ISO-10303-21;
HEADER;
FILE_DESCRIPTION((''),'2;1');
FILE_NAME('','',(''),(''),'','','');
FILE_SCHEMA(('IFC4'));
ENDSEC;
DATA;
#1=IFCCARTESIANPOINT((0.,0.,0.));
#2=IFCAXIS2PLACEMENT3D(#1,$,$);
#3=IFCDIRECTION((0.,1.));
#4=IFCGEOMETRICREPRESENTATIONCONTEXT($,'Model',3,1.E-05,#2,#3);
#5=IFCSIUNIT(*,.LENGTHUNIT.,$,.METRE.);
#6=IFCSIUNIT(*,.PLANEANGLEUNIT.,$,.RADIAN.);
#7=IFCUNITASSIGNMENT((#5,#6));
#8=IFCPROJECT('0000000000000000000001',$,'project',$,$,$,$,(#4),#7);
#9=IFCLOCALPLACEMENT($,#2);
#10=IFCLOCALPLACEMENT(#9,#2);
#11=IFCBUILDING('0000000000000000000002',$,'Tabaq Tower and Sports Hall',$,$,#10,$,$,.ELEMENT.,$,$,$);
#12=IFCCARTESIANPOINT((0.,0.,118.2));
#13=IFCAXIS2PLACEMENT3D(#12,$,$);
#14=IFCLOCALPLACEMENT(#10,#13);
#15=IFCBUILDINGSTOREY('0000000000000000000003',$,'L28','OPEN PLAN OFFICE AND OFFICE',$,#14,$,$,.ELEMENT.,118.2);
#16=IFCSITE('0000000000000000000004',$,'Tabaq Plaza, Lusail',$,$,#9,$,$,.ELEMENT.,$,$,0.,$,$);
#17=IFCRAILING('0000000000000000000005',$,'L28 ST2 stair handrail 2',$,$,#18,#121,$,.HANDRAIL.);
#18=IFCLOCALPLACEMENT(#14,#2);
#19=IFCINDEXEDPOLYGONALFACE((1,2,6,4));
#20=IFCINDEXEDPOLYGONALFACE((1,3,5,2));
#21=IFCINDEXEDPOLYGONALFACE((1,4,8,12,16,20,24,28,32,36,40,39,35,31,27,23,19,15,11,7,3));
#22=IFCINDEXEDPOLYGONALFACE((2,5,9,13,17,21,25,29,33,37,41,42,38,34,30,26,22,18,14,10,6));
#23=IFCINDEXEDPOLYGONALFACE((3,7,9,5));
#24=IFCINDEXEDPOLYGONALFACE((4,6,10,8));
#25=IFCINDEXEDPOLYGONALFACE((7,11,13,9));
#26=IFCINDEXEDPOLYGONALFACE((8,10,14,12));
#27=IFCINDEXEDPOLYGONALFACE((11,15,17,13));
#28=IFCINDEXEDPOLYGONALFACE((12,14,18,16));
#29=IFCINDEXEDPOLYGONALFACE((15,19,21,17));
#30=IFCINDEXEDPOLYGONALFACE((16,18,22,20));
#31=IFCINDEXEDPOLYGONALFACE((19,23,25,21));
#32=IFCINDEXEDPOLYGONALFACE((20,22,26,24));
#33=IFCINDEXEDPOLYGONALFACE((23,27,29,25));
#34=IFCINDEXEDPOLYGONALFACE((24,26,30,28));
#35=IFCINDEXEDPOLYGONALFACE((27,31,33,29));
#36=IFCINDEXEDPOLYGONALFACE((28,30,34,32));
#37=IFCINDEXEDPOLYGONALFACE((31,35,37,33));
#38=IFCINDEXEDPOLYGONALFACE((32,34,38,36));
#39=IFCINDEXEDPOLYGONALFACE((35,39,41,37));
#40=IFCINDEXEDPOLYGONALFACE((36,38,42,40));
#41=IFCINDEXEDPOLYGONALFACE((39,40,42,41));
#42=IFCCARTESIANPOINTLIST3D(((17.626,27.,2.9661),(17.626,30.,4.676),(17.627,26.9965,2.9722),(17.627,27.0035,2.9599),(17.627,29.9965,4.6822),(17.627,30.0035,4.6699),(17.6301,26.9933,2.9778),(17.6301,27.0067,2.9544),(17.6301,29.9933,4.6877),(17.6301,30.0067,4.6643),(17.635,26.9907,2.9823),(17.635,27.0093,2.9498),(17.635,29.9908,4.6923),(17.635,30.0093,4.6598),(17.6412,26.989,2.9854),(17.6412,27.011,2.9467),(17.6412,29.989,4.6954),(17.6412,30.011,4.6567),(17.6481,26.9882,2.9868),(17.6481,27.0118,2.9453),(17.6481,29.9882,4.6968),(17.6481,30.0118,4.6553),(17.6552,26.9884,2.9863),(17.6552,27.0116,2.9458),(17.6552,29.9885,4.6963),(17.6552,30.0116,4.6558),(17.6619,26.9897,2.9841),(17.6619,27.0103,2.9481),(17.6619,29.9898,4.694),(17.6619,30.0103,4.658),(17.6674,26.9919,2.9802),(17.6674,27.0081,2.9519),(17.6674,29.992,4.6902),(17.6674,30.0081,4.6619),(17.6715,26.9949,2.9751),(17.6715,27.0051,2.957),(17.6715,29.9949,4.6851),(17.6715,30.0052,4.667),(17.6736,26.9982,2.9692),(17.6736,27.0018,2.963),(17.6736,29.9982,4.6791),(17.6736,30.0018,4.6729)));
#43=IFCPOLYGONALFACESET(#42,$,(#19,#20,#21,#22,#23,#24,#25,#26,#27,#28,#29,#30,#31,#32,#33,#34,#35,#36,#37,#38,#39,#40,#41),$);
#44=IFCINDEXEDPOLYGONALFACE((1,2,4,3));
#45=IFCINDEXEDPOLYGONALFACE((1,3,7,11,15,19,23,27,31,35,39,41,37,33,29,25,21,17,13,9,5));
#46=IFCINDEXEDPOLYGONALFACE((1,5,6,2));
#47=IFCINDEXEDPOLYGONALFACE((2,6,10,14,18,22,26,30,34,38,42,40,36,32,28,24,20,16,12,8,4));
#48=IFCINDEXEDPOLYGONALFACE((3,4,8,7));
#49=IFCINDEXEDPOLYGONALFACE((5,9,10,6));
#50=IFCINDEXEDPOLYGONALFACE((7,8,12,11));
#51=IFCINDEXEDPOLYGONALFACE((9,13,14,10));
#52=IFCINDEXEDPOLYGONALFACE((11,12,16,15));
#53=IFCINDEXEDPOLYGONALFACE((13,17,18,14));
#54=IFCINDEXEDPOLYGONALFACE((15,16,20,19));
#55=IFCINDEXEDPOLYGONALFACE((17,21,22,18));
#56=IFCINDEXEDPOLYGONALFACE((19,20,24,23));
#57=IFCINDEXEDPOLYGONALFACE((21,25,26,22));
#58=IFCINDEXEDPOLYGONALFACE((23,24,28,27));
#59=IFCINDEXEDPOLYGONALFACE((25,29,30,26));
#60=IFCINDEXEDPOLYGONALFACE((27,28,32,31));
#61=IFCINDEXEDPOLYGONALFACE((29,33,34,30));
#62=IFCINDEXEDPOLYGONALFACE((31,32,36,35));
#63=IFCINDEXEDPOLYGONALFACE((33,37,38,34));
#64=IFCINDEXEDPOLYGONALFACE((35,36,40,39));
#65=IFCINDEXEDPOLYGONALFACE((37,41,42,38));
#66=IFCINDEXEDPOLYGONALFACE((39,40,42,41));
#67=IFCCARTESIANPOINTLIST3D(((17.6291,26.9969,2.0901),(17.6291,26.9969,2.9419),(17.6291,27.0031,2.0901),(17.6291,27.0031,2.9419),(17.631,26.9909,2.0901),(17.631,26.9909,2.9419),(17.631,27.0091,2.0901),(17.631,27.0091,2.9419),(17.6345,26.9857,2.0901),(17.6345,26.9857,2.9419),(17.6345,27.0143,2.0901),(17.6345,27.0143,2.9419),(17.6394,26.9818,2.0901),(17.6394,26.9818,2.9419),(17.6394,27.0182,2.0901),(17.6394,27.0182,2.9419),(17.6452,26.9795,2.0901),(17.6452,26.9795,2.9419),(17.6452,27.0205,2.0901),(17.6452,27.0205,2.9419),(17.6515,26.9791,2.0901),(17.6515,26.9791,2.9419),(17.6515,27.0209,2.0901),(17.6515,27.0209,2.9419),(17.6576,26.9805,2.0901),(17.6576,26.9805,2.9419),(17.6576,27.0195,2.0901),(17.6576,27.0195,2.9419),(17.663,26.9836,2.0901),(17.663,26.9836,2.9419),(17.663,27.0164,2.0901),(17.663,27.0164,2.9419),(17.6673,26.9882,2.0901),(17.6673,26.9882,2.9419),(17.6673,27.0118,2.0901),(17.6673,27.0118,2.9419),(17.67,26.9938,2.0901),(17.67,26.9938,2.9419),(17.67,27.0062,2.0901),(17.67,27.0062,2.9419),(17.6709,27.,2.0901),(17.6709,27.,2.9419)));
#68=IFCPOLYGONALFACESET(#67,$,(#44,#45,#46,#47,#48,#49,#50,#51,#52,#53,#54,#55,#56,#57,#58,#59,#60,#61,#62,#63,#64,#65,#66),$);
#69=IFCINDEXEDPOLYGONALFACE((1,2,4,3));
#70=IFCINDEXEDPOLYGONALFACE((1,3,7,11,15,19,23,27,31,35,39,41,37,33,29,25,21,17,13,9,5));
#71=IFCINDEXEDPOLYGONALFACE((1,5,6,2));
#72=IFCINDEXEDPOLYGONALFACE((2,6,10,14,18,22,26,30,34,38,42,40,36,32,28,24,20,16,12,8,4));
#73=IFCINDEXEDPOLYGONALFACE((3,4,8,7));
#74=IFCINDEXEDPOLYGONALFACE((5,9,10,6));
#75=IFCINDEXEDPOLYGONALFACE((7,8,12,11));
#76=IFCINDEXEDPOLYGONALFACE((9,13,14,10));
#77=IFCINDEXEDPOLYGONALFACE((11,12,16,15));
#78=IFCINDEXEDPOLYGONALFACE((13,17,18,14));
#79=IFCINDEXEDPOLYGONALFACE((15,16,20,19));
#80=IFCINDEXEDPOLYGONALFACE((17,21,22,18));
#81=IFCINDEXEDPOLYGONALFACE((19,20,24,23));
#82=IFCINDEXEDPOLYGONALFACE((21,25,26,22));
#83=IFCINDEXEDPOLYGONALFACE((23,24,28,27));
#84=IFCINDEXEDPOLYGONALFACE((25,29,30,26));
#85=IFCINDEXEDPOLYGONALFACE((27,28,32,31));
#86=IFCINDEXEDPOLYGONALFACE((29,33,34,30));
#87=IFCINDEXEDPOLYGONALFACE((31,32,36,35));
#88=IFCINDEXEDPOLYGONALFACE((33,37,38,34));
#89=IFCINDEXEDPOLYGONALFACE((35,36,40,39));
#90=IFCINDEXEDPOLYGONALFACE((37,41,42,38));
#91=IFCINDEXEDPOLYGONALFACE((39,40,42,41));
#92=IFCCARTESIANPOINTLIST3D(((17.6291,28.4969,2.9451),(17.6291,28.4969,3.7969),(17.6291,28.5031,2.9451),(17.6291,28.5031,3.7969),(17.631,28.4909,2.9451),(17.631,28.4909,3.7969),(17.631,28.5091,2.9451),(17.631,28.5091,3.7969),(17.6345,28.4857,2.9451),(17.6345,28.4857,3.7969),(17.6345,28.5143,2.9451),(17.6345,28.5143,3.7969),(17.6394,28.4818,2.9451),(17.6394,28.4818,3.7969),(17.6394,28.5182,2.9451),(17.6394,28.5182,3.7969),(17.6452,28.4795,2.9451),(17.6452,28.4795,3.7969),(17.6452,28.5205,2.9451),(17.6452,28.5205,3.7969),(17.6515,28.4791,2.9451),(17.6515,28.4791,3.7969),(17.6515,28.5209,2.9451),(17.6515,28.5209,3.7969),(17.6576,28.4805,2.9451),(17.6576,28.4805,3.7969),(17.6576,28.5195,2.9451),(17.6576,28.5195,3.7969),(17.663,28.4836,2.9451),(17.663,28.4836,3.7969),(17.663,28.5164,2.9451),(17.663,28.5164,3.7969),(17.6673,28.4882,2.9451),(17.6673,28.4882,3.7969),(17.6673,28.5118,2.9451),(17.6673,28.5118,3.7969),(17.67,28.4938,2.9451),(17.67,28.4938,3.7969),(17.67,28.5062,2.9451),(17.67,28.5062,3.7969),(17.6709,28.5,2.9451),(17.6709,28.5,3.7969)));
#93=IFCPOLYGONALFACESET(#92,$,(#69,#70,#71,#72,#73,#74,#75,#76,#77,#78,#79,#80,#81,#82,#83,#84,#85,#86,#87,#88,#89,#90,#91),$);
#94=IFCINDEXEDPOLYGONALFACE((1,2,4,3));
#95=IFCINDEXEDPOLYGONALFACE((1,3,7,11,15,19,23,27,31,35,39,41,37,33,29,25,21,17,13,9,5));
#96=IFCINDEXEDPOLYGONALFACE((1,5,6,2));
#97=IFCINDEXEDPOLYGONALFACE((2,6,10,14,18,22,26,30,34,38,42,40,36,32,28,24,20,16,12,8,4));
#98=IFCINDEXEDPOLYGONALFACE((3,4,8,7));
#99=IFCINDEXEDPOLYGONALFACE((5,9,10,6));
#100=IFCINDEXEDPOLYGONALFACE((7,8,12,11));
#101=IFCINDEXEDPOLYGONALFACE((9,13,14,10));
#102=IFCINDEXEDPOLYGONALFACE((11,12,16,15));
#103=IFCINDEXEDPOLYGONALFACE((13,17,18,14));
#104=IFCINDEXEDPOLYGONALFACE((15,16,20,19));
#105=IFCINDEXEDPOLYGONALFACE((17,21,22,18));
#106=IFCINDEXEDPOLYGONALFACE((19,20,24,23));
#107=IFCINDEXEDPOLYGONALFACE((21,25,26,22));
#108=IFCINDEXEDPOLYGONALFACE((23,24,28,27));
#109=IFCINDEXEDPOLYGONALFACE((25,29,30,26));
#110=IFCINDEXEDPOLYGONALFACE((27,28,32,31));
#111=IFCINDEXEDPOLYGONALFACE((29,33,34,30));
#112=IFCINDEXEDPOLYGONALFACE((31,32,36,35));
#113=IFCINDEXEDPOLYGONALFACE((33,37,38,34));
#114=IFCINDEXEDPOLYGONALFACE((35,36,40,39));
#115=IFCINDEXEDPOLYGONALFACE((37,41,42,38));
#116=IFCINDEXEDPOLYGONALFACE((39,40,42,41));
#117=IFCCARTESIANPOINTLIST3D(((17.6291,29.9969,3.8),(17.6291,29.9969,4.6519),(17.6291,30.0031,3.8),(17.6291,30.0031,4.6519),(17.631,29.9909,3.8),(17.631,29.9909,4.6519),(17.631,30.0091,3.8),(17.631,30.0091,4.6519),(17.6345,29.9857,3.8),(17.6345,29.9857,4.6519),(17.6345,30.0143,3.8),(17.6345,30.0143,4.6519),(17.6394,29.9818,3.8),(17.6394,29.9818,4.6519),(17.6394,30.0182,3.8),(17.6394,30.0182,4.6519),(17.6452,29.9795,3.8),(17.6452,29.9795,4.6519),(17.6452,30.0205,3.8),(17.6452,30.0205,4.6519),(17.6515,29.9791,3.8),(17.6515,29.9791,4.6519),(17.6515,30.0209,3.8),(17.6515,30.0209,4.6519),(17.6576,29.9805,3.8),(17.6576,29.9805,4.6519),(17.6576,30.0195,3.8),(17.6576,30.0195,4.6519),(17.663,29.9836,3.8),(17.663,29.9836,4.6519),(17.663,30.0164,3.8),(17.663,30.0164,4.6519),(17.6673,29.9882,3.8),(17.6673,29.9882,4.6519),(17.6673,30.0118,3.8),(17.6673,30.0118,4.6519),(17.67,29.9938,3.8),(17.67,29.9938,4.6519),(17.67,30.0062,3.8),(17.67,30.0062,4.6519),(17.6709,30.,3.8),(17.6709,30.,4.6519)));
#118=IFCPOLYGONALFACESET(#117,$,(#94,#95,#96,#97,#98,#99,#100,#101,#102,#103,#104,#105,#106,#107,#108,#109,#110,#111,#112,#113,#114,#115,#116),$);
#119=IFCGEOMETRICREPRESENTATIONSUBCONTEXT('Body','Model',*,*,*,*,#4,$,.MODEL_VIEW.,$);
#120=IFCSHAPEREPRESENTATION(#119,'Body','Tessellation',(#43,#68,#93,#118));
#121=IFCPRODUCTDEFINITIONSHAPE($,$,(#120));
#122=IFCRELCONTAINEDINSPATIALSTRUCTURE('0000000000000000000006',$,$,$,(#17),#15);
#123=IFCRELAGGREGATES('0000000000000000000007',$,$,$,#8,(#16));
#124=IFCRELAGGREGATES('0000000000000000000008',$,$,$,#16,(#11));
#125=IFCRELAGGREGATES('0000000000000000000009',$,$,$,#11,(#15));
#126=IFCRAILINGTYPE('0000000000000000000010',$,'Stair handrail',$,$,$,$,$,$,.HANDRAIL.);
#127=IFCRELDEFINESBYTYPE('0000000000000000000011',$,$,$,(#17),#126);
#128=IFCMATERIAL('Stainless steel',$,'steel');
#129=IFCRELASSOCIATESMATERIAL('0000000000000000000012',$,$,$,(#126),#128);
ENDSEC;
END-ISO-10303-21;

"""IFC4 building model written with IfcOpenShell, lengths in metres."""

from ifc_helpers import new_model, si_unit, direction, frame, origin, origin_2d, place, context, subcontext, project, spatial, circle, extrude, material, type_object, element, save


model = new_model("IFC4")

# Units and contexts
model_context = context("Model", 3, precision=1e-05, world=origin(), true_north=direction((0.0, 1.0)))
body_context = subcontext(model_context, "Body", "Model", "MODEL_VIEW")
ifc_project = project(units=[si_unit("LENGTHUNIT", "METRE"), si_unit("PLANEANGLEUNIT", "RADIAN")], contexts=[model_context])

# Site, building, storey
site_placement = place(None, origin())
site = spatial("IfcSite", under=ifc_project, at=site_placement, Name="Tabaq Plaza, Lusail", CompositionType="ELEMENT", RefElevation=0.0)
building_placement = place(site_placement, origin())
building = spatial("IfcBuilding", under=site, at=building_placement, Name="Tabaq Tower and Sports Hall", CompositionType="ELEMENT")
storey_placement = place(building_placement, frame((0.0, 0.0, 118.2)))
storey = spatial("IfcBuildingStorey", under=building, at=storey_placement, Name="L28", Description="OPEN PLAN OFFICE AND OFFICE", CompositionType="ELEMENT", Elevation=118.2)

# Railing
ifc_material_1 = material(Name="Stainless steel", Category="steel")
railing_type_1 = type_object("IfcRailingType", Name="Stair handrail", PredefinedType="HANDRAIL", material=ifc_material_1)
railing_1_placement = place(storey_placement, frame((17.6499, 27.0, 2.0901)))
element("IfcRailing", 1, at=railing_1_placement, inside=storey, type_object=railing_type_1, Name="L28 ST2 stair handrail 2", PredefinedType="HANDRAIL", context=body_context, shape_type="SweptSolid", body=[
    extrude(circle(Radius=0.0239, at=origin_2d()), frame((0.0, 0.0, 0.876), z_axis=(0.0, 0.868782, 0.495195), x_axis=(-1.0, 0.0, 0.0)), (0.0, 0.0, 1.0), 3.4531),
    extrude(circle(Radius=0.021, at=origin_2d()), origin(), (0.0, 0.0, 1.0), 0.8518),
    extrude(circle(Radius=0.021, at=origin_2d()), frame((0.0, 1.5, 0.855)), (0.0, 0.0, 1.0), 0.8518),
    extrude(circle(Radius=0.021, at=origin_2d()), frame((0.0, 3.0, 1.71)), (0.0, 0.0, 1.0), 0.8518),
])

save(model, "model.ifc")
